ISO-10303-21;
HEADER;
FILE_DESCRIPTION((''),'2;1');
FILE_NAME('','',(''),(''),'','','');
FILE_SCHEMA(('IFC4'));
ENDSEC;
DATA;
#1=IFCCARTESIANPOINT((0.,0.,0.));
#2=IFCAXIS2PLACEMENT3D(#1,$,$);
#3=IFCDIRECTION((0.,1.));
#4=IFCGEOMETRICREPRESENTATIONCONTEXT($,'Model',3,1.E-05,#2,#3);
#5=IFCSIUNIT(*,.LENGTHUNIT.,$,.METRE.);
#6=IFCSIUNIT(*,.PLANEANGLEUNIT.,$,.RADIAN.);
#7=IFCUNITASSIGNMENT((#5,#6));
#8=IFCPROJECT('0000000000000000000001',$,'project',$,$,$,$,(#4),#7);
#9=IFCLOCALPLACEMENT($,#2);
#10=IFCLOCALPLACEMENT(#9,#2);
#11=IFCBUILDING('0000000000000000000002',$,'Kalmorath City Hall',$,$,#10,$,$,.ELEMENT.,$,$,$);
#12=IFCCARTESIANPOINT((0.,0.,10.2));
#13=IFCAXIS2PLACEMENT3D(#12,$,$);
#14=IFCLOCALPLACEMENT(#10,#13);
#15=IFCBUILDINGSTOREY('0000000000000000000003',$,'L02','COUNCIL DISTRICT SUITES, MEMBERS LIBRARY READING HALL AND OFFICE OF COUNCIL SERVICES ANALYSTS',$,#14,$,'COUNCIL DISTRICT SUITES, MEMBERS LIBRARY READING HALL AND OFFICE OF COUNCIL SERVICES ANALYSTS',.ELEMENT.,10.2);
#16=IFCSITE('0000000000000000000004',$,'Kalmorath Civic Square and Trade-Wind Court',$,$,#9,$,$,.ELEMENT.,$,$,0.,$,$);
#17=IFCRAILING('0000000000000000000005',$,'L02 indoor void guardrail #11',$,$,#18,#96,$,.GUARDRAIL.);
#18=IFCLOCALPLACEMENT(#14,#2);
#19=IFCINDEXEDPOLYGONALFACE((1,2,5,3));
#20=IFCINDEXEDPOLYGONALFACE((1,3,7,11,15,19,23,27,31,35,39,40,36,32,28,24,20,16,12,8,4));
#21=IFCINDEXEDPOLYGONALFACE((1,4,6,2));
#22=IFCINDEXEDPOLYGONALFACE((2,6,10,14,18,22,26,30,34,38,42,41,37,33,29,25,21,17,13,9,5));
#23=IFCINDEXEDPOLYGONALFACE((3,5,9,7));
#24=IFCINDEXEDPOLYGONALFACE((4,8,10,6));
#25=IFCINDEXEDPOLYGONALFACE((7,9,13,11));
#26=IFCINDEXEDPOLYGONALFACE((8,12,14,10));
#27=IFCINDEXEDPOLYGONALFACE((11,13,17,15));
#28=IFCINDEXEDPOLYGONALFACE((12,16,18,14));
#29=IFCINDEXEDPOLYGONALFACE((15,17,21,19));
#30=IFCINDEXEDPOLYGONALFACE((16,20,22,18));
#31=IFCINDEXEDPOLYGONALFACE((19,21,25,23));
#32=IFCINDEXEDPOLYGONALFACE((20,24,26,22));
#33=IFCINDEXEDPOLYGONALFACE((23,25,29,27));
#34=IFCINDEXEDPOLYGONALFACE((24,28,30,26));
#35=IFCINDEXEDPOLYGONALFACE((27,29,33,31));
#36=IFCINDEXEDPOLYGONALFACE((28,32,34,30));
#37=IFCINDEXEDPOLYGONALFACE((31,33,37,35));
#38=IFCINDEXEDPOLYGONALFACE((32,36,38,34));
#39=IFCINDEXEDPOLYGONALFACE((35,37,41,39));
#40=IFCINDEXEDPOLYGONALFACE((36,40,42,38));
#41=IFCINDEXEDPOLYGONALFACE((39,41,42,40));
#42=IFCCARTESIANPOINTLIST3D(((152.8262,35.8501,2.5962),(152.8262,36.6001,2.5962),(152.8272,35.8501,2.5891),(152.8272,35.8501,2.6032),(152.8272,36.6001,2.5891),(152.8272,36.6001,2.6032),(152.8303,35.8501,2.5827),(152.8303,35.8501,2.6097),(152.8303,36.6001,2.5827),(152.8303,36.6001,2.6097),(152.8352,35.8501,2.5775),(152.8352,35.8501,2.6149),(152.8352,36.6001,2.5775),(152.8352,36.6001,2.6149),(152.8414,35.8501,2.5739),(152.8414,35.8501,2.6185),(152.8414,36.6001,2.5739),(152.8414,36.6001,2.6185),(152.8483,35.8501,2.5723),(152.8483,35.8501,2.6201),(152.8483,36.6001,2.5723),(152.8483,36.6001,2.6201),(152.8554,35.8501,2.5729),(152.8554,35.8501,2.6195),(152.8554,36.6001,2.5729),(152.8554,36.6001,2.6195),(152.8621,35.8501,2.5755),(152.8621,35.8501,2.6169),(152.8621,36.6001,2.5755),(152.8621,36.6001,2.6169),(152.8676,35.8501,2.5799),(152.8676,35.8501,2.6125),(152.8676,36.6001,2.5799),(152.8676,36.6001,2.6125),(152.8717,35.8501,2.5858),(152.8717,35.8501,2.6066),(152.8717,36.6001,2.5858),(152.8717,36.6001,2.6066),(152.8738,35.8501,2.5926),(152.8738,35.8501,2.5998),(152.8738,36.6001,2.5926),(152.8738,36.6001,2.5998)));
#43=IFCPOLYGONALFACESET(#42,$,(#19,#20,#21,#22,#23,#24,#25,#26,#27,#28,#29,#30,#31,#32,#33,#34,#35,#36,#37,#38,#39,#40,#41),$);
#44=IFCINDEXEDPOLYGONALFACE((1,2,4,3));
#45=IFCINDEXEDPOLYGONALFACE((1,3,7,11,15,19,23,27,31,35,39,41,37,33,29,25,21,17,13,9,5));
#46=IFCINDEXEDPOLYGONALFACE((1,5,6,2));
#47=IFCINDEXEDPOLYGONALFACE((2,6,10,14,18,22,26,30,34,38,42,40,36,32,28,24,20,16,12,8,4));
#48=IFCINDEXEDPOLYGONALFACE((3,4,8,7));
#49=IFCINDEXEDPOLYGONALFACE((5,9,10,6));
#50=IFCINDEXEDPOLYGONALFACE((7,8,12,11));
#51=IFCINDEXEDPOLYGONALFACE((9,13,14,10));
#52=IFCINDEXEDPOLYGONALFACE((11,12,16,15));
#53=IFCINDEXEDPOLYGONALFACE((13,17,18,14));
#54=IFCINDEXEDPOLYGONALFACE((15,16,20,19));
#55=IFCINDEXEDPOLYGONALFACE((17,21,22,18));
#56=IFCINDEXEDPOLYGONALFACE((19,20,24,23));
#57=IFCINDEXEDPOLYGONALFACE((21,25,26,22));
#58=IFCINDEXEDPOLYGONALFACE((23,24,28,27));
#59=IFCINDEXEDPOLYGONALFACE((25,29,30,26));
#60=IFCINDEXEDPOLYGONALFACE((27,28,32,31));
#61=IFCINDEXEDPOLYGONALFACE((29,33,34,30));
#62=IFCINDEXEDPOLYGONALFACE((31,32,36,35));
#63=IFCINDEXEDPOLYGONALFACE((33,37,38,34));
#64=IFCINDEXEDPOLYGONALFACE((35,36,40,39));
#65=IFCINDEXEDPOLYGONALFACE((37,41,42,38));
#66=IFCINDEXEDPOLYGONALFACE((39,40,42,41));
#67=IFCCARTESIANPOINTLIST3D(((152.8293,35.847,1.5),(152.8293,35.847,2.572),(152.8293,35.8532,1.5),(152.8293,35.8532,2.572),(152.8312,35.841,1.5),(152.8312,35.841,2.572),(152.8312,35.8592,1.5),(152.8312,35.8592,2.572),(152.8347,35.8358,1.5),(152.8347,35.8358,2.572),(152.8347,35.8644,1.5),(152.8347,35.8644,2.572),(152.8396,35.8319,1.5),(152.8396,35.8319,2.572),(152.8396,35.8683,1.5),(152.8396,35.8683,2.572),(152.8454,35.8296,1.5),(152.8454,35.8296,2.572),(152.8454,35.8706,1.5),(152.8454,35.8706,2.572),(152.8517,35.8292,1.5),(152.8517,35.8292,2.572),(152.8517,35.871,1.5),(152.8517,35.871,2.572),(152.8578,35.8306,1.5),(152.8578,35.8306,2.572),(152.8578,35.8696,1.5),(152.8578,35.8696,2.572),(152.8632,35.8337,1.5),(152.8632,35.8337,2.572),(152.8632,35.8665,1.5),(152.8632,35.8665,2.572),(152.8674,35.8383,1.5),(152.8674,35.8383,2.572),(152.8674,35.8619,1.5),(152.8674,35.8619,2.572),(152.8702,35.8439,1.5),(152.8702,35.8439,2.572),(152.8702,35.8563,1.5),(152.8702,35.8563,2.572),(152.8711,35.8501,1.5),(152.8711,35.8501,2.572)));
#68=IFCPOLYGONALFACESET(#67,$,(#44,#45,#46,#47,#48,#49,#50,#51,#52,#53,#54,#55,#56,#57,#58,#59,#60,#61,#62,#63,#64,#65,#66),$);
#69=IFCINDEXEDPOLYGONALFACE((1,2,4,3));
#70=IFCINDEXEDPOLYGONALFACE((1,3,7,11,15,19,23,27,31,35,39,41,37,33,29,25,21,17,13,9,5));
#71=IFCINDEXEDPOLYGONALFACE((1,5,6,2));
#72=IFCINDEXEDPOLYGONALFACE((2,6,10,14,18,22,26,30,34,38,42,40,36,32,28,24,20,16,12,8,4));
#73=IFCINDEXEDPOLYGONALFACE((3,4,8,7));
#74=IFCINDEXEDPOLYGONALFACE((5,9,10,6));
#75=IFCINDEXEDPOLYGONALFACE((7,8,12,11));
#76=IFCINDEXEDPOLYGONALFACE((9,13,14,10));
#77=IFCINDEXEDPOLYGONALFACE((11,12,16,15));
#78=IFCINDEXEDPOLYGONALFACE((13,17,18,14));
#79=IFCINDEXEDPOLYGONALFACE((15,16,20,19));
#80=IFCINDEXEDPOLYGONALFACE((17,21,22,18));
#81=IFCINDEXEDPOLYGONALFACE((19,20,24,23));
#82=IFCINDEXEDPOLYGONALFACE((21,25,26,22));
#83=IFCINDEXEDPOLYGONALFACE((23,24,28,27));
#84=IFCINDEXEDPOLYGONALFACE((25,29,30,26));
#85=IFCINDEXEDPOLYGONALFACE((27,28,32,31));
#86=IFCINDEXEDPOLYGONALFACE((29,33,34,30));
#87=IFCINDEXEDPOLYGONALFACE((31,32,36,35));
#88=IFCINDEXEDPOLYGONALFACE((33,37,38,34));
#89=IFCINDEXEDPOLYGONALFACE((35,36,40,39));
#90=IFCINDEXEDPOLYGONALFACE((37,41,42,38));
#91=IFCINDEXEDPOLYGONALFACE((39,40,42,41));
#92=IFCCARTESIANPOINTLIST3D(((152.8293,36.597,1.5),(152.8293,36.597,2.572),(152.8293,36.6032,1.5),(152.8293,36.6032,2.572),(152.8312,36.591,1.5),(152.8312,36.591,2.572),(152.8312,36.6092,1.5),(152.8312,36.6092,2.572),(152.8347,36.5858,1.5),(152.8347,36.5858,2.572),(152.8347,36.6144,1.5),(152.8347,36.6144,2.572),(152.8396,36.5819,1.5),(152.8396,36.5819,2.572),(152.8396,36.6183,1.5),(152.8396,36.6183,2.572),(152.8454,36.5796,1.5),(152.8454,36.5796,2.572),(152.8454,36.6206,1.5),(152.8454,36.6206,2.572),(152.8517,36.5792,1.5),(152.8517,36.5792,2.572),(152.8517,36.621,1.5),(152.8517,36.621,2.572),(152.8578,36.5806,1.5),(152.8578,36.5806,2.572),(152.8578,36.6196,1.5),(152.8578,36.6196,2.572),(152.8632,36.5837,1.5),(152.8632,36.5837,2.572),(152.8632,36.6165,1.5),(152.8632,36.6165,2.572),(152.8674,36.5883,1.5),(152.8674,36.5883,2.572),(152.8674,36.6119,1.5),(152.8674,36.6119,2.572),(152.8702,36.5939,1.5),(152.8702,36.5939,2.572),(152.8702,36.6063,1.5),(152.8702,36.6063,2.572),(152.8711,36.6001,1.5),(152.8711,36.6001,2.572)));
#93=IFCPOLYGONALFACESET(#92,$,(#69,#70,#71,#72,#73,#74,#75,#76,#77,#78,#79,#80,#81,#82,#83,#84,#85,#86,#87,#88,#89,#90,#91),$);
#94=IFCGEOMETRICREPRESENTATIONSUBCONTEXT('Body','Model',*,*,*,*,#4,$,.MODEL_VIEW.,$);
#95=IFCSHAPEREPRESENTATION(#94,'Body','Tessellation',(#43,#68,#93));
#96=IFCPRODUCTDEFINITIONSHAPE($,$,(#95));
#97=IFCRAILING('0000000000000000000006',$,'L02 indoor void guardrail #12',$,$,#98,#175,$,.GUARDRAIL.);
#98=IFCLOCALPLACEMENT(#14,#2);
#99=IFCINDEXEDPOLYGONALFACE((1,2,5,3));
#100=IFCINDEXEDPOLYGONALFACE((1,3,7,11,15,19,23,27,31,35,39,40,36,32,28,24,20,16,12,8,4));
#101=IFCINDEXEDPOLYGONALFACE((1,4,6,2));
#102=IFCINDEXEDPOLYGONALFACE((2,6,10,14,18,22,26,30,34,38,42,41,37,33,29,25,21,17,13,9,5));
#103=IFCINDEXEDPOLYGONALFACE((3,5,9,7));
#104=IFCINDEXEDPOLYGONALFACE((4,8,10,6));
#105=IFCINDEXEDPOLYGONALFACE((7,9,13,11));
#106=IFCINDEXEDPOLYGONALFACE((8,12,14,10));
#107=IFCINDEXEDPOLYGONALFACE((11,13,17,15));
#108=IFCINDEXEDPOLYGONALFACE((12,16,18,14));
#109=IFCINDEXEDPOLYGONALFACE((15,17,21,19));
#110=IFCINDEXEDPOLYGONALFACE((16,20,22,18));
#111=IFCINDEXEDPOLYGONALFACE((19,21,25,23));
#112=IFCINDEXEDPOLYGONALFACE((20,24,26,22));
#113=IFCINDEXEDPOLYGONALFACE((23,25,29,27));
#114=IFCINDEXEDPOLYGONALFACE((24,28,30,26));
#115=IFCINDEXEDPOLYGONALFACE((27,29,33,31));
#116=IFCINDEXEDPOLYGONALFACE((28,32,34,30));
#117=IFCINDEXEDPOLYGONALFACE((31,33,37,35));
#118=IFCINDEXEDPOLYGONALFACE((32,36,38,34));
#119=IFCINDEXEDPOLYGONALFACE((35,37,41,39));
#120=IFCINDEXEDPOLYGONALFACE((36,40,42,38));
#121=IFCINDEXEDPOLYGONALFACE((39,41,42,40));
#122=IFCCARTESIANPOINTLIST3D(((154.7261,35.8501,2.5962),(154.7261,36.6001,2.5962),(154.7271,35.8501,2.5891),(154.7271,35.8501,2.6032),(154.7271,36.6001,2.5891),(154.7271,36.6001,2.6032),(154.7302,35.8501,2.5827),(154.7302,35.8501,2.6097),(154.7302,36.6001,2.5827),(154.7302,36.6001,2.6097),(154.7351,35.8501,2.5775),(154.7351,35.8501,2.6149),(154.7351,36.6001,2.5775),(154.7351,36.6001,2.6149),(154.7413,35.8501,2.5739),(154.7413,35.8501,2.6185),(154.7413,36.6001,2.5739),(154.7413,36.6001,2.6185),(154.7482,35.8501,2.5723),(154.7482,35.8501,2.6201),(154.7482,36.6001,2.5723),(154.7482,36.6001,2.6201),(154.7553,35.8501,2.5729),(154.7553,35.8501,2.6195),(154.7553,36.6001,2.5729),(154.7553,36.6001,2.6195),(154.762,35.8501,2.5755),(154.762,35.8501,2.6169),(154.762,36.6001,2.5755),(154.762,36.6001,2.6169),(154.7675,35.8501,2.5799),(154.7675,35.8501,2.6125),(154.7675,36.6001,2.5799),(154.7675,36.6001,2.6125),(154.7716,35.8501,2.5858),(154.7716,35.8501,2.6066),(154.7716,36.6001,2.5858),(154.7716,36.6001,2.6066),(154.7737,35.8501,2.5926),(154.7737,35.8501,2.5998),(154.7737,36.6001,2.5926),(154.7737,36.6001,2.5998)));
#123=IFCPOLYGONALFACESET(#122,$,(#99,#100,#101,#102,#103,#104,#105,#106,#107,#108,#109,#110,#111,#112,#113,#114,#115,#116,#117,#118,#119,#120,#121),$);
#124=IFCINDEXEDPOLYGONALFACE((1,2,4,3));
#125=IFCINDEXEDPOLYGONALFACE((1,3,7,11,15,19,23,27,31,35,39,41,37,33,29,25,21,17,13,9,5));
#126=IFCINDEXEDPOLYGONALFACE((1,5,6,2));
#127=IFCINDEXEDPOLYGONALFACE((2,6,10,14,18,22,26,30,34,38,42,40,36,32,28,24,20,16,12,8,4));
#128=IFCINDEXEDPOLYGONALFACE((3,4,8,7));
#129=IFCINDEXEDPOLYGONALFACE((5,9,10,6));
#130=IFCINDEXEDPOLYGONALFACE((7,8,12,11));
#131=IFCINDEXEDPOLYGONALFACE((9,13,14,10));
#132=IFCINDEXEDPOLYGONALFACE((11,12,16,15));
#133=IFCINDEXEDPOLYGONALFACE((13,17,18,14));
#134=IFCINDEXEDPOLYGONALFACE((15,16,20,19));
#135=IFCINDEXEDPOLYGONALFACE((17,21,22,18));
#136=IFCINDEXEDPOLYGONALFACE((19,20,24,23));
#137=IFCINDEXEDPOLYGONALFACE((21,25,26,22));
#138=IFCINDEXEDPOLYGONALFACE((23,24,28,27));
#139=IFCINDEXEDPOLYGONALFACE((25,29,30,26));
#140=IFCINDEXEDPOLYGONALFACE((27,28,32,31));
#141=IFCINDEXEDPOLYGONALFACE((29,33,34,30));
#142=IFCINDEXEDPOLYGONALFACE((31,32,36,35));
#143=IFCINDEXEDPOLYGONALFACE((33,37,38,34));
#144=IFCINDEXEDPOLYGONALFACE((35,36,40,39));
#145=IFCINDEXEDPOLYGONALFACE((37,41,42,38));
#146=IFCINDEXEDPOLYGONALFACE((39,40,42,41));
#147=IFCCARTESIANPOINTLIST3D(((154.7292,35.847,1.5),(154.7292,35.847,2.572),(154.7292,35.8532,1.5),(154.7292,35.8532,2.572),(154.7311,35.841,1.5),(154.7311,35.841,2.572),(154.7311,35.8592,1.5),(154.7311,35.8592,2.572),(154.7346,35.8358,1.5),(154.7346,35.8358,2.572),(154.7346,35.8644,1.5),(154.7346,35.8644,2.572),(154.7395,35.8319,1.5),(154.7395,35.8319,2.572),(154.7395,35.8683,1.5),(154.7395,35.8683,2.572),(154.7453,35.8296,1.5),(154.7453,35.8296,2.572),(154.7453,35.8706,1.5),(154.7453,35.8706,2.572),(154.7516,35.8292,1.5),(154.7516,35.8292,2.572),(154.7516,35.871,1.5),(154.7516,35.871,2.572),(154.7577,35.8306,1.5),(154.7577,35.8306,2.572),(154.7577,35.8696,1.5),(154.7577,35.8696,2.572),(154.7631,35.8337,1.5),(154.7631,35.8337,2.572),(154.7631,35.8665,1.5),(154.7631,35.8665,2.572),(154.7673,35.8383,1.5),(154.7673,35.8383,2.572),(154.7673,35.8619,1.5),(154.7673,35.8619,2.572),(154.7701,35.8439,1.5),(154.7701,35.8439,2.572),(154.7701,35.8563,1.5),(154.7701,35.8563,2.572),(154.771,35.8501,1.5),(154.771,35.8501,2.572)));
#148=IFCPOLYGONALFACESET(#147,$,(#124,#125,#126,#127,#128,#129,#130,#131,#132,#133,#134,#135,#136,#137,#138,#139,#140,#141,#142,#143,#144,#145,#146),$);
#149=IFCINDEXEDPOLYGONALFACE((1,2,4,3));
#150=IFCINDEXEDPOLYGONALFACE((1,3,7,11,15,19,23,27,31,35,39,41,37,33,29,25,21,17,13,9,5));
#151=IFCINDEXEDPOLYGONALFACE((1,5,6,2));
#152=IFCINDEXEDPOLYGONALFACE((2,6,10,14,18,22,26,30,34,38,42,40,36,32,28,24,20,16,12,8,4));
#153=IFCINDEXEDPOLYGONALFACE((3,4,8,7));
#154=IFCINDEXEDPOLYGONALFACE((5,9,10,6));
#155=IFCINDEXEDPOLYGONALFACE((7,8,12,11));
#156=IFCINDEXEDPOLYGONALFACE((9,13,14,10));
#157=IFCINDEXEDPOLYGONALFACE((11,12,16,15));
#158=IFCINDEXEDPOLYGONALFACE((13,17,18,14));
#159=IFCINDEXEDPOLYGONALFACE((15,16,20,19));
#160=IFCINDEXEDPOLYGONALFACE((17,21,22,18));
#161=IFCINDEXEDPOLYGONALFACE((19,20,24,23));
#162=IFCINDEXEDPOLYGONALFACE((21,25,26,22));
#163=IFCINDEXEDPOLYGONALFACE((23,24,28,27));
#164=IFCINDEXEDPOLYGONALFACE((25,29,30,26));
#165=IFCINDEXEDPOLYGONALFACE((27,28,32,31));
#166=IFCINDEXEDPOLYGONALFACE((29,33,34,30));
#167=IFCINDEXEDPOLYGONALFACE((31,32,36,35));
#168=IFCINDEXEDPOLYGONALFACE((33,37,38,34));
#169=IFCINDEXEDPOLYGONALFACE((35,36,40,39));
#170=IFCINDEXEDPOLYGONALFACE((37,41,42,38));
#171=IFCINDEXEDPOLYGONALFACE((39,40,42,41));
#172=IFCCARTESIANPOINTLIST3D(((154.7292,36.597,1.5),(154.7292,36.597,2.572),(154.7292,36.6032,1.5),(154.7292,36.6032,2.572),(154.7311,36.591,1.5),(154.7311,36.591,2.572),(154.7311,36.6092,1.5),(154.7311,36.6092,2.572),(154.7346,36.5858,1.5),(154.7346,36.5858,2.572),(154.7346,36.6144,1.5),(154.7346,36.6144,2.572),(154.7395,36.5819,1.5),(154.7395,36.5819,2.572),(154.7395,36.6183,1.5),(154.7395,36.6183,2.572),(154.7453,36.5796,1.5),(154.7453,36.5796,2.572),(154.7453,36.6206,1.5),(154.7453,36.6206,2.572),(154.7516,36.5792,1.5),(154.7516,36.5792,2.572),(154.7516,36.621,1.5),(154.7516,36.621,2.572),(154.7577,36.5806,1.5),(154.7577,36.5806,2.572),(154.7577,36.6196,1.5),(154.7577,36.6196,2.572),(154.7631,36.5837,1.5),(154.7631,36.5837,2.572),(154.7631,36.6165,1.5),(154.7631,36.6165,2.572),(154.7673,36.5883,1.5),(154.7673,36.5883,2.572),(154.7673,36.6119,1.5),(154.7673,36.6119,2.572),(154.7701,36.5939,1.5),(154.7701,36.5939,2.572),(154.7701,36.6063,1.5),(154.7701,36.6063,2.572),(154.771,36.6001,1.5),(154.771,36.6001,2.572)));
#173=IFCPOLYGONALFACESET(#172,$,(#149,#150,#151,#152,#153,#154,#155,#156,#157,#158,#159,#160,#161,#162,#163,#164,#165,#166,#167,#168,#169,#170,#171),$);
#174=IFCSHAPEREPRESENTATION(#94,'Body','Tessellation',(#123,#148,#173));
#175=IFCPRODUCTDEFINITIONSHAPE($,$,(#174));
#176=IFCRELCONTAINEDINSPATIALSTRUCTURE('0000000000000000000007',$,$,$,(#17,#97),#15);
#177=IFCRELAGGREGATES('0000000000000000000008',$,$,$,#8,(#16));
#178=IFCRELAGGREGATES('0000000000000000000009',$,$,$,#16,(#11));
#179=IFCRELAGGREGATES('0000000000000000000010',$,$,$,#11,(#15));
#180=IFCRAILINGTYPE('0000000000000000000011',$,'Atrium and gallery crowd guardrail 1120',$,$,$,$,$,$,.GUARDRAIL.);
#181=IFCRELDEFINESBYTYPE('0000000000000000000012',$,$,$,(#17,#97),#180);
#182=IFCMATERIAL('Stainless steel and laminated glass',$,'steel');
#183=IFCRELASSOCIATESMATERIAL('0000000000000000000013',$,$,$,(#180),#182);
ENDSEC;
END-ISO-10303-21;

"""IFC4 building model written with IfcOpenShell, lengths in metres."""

from ifc_helpers import new_model, si_unit, direction, frame, origin, origin_2d, place, context, subcontext, project, spatial, circle, extrude, material, type_object, element, save


model = new_model("IFC4")

# Units and contexts
model_context = context("Model", 3, precision=1e-05, world=origin(), true_north=direction((0.0, 1.0)))
body_context = subcontext(model_context, "Body", "Model", "MODEL_VIEW")
ifc_project = project(units=[si_unit("LENGTHUNIT", "METRE"), si_unit("PLANEANGLEUNIT", "RADIAN")], contexts=[model_context])

# Site, building, storey
site_placement = place(None, origin())
site = spatial("IfcSite", under=ifc_project, at=site_placement, Name="Kalmorath Civic Square and Trade-Wind Court", CompositionType="ELEMENT", RefElevation=0.0)
building_placement = place(site_placement, origin())
building = spatial("IfcBuilding", under=site, at=building_placement, Name="Kalmorath City Hall", CompositionType="ELEMENT")
storey_placement = place(building_placement, frame((0.0, 0.0, 10.2)))
storey = spatial("IfcBuildingStorey", under=building, at=storey_placement, Name="L02", Description="COUNCIL DISTRICT SUITES, MEMBERS LIBRARY READING HALL AND OFFICE OF COUNCIL SERVICES ANALYSTS", LongName="COUNCIL DISTRICT SUITES, MEMBERS LIBRARY READING HALL AND OFFICE OF COUNCIL SERVICES ANALYSTS", CompositionType="ELEMENT", Elevation=10.2)

# Railings
ifc_material_1 = material(Name="Stainless steel and laminated glass", Category="steel")
railing_type = type_object("IfcRailingType", Name="Atrium and gallery crowd guardrail 1120", PredefinedType="GUARDRAIL", material=ifc_material_1)
for number, where, name in (
    (1, (152.8501, 35.8501, 1.5), "L02 indoor void guardrail #11"),
    (2, (154.75, 35.8501, 1.5), "L02 indoor void guardrail #12"),
):
    element("IfcRailing", number, at=place(storey_placement, frame(where)), inside=storey, type_object=railing_type, Name=name, PredefinedType="GUARDRAIL", context=body_context, shape_type="SweptSolid", body=[
        extrude(circle(Radius=0.0239, at=origin_2d()), frame((0.0, 0.0, 1.0962), z_axis=(0.0, 1.0, 0.0), x_axis=(-1.0, 0.0, 0.0)), (0.0, 0.0, 1.0), 0.75),
        extrude(circle(Radius=0.021, at=origin_2d()), origin(), (0.0, 0.0, 1.0), 1.072),
        extrude(circle(Radius=0.021, at=origin_2d()), frame((0.0, 0.75, 0.0)), (0.0, 0.0, 1.0), 1.072),
    ])

save(model, "model.ifc")
